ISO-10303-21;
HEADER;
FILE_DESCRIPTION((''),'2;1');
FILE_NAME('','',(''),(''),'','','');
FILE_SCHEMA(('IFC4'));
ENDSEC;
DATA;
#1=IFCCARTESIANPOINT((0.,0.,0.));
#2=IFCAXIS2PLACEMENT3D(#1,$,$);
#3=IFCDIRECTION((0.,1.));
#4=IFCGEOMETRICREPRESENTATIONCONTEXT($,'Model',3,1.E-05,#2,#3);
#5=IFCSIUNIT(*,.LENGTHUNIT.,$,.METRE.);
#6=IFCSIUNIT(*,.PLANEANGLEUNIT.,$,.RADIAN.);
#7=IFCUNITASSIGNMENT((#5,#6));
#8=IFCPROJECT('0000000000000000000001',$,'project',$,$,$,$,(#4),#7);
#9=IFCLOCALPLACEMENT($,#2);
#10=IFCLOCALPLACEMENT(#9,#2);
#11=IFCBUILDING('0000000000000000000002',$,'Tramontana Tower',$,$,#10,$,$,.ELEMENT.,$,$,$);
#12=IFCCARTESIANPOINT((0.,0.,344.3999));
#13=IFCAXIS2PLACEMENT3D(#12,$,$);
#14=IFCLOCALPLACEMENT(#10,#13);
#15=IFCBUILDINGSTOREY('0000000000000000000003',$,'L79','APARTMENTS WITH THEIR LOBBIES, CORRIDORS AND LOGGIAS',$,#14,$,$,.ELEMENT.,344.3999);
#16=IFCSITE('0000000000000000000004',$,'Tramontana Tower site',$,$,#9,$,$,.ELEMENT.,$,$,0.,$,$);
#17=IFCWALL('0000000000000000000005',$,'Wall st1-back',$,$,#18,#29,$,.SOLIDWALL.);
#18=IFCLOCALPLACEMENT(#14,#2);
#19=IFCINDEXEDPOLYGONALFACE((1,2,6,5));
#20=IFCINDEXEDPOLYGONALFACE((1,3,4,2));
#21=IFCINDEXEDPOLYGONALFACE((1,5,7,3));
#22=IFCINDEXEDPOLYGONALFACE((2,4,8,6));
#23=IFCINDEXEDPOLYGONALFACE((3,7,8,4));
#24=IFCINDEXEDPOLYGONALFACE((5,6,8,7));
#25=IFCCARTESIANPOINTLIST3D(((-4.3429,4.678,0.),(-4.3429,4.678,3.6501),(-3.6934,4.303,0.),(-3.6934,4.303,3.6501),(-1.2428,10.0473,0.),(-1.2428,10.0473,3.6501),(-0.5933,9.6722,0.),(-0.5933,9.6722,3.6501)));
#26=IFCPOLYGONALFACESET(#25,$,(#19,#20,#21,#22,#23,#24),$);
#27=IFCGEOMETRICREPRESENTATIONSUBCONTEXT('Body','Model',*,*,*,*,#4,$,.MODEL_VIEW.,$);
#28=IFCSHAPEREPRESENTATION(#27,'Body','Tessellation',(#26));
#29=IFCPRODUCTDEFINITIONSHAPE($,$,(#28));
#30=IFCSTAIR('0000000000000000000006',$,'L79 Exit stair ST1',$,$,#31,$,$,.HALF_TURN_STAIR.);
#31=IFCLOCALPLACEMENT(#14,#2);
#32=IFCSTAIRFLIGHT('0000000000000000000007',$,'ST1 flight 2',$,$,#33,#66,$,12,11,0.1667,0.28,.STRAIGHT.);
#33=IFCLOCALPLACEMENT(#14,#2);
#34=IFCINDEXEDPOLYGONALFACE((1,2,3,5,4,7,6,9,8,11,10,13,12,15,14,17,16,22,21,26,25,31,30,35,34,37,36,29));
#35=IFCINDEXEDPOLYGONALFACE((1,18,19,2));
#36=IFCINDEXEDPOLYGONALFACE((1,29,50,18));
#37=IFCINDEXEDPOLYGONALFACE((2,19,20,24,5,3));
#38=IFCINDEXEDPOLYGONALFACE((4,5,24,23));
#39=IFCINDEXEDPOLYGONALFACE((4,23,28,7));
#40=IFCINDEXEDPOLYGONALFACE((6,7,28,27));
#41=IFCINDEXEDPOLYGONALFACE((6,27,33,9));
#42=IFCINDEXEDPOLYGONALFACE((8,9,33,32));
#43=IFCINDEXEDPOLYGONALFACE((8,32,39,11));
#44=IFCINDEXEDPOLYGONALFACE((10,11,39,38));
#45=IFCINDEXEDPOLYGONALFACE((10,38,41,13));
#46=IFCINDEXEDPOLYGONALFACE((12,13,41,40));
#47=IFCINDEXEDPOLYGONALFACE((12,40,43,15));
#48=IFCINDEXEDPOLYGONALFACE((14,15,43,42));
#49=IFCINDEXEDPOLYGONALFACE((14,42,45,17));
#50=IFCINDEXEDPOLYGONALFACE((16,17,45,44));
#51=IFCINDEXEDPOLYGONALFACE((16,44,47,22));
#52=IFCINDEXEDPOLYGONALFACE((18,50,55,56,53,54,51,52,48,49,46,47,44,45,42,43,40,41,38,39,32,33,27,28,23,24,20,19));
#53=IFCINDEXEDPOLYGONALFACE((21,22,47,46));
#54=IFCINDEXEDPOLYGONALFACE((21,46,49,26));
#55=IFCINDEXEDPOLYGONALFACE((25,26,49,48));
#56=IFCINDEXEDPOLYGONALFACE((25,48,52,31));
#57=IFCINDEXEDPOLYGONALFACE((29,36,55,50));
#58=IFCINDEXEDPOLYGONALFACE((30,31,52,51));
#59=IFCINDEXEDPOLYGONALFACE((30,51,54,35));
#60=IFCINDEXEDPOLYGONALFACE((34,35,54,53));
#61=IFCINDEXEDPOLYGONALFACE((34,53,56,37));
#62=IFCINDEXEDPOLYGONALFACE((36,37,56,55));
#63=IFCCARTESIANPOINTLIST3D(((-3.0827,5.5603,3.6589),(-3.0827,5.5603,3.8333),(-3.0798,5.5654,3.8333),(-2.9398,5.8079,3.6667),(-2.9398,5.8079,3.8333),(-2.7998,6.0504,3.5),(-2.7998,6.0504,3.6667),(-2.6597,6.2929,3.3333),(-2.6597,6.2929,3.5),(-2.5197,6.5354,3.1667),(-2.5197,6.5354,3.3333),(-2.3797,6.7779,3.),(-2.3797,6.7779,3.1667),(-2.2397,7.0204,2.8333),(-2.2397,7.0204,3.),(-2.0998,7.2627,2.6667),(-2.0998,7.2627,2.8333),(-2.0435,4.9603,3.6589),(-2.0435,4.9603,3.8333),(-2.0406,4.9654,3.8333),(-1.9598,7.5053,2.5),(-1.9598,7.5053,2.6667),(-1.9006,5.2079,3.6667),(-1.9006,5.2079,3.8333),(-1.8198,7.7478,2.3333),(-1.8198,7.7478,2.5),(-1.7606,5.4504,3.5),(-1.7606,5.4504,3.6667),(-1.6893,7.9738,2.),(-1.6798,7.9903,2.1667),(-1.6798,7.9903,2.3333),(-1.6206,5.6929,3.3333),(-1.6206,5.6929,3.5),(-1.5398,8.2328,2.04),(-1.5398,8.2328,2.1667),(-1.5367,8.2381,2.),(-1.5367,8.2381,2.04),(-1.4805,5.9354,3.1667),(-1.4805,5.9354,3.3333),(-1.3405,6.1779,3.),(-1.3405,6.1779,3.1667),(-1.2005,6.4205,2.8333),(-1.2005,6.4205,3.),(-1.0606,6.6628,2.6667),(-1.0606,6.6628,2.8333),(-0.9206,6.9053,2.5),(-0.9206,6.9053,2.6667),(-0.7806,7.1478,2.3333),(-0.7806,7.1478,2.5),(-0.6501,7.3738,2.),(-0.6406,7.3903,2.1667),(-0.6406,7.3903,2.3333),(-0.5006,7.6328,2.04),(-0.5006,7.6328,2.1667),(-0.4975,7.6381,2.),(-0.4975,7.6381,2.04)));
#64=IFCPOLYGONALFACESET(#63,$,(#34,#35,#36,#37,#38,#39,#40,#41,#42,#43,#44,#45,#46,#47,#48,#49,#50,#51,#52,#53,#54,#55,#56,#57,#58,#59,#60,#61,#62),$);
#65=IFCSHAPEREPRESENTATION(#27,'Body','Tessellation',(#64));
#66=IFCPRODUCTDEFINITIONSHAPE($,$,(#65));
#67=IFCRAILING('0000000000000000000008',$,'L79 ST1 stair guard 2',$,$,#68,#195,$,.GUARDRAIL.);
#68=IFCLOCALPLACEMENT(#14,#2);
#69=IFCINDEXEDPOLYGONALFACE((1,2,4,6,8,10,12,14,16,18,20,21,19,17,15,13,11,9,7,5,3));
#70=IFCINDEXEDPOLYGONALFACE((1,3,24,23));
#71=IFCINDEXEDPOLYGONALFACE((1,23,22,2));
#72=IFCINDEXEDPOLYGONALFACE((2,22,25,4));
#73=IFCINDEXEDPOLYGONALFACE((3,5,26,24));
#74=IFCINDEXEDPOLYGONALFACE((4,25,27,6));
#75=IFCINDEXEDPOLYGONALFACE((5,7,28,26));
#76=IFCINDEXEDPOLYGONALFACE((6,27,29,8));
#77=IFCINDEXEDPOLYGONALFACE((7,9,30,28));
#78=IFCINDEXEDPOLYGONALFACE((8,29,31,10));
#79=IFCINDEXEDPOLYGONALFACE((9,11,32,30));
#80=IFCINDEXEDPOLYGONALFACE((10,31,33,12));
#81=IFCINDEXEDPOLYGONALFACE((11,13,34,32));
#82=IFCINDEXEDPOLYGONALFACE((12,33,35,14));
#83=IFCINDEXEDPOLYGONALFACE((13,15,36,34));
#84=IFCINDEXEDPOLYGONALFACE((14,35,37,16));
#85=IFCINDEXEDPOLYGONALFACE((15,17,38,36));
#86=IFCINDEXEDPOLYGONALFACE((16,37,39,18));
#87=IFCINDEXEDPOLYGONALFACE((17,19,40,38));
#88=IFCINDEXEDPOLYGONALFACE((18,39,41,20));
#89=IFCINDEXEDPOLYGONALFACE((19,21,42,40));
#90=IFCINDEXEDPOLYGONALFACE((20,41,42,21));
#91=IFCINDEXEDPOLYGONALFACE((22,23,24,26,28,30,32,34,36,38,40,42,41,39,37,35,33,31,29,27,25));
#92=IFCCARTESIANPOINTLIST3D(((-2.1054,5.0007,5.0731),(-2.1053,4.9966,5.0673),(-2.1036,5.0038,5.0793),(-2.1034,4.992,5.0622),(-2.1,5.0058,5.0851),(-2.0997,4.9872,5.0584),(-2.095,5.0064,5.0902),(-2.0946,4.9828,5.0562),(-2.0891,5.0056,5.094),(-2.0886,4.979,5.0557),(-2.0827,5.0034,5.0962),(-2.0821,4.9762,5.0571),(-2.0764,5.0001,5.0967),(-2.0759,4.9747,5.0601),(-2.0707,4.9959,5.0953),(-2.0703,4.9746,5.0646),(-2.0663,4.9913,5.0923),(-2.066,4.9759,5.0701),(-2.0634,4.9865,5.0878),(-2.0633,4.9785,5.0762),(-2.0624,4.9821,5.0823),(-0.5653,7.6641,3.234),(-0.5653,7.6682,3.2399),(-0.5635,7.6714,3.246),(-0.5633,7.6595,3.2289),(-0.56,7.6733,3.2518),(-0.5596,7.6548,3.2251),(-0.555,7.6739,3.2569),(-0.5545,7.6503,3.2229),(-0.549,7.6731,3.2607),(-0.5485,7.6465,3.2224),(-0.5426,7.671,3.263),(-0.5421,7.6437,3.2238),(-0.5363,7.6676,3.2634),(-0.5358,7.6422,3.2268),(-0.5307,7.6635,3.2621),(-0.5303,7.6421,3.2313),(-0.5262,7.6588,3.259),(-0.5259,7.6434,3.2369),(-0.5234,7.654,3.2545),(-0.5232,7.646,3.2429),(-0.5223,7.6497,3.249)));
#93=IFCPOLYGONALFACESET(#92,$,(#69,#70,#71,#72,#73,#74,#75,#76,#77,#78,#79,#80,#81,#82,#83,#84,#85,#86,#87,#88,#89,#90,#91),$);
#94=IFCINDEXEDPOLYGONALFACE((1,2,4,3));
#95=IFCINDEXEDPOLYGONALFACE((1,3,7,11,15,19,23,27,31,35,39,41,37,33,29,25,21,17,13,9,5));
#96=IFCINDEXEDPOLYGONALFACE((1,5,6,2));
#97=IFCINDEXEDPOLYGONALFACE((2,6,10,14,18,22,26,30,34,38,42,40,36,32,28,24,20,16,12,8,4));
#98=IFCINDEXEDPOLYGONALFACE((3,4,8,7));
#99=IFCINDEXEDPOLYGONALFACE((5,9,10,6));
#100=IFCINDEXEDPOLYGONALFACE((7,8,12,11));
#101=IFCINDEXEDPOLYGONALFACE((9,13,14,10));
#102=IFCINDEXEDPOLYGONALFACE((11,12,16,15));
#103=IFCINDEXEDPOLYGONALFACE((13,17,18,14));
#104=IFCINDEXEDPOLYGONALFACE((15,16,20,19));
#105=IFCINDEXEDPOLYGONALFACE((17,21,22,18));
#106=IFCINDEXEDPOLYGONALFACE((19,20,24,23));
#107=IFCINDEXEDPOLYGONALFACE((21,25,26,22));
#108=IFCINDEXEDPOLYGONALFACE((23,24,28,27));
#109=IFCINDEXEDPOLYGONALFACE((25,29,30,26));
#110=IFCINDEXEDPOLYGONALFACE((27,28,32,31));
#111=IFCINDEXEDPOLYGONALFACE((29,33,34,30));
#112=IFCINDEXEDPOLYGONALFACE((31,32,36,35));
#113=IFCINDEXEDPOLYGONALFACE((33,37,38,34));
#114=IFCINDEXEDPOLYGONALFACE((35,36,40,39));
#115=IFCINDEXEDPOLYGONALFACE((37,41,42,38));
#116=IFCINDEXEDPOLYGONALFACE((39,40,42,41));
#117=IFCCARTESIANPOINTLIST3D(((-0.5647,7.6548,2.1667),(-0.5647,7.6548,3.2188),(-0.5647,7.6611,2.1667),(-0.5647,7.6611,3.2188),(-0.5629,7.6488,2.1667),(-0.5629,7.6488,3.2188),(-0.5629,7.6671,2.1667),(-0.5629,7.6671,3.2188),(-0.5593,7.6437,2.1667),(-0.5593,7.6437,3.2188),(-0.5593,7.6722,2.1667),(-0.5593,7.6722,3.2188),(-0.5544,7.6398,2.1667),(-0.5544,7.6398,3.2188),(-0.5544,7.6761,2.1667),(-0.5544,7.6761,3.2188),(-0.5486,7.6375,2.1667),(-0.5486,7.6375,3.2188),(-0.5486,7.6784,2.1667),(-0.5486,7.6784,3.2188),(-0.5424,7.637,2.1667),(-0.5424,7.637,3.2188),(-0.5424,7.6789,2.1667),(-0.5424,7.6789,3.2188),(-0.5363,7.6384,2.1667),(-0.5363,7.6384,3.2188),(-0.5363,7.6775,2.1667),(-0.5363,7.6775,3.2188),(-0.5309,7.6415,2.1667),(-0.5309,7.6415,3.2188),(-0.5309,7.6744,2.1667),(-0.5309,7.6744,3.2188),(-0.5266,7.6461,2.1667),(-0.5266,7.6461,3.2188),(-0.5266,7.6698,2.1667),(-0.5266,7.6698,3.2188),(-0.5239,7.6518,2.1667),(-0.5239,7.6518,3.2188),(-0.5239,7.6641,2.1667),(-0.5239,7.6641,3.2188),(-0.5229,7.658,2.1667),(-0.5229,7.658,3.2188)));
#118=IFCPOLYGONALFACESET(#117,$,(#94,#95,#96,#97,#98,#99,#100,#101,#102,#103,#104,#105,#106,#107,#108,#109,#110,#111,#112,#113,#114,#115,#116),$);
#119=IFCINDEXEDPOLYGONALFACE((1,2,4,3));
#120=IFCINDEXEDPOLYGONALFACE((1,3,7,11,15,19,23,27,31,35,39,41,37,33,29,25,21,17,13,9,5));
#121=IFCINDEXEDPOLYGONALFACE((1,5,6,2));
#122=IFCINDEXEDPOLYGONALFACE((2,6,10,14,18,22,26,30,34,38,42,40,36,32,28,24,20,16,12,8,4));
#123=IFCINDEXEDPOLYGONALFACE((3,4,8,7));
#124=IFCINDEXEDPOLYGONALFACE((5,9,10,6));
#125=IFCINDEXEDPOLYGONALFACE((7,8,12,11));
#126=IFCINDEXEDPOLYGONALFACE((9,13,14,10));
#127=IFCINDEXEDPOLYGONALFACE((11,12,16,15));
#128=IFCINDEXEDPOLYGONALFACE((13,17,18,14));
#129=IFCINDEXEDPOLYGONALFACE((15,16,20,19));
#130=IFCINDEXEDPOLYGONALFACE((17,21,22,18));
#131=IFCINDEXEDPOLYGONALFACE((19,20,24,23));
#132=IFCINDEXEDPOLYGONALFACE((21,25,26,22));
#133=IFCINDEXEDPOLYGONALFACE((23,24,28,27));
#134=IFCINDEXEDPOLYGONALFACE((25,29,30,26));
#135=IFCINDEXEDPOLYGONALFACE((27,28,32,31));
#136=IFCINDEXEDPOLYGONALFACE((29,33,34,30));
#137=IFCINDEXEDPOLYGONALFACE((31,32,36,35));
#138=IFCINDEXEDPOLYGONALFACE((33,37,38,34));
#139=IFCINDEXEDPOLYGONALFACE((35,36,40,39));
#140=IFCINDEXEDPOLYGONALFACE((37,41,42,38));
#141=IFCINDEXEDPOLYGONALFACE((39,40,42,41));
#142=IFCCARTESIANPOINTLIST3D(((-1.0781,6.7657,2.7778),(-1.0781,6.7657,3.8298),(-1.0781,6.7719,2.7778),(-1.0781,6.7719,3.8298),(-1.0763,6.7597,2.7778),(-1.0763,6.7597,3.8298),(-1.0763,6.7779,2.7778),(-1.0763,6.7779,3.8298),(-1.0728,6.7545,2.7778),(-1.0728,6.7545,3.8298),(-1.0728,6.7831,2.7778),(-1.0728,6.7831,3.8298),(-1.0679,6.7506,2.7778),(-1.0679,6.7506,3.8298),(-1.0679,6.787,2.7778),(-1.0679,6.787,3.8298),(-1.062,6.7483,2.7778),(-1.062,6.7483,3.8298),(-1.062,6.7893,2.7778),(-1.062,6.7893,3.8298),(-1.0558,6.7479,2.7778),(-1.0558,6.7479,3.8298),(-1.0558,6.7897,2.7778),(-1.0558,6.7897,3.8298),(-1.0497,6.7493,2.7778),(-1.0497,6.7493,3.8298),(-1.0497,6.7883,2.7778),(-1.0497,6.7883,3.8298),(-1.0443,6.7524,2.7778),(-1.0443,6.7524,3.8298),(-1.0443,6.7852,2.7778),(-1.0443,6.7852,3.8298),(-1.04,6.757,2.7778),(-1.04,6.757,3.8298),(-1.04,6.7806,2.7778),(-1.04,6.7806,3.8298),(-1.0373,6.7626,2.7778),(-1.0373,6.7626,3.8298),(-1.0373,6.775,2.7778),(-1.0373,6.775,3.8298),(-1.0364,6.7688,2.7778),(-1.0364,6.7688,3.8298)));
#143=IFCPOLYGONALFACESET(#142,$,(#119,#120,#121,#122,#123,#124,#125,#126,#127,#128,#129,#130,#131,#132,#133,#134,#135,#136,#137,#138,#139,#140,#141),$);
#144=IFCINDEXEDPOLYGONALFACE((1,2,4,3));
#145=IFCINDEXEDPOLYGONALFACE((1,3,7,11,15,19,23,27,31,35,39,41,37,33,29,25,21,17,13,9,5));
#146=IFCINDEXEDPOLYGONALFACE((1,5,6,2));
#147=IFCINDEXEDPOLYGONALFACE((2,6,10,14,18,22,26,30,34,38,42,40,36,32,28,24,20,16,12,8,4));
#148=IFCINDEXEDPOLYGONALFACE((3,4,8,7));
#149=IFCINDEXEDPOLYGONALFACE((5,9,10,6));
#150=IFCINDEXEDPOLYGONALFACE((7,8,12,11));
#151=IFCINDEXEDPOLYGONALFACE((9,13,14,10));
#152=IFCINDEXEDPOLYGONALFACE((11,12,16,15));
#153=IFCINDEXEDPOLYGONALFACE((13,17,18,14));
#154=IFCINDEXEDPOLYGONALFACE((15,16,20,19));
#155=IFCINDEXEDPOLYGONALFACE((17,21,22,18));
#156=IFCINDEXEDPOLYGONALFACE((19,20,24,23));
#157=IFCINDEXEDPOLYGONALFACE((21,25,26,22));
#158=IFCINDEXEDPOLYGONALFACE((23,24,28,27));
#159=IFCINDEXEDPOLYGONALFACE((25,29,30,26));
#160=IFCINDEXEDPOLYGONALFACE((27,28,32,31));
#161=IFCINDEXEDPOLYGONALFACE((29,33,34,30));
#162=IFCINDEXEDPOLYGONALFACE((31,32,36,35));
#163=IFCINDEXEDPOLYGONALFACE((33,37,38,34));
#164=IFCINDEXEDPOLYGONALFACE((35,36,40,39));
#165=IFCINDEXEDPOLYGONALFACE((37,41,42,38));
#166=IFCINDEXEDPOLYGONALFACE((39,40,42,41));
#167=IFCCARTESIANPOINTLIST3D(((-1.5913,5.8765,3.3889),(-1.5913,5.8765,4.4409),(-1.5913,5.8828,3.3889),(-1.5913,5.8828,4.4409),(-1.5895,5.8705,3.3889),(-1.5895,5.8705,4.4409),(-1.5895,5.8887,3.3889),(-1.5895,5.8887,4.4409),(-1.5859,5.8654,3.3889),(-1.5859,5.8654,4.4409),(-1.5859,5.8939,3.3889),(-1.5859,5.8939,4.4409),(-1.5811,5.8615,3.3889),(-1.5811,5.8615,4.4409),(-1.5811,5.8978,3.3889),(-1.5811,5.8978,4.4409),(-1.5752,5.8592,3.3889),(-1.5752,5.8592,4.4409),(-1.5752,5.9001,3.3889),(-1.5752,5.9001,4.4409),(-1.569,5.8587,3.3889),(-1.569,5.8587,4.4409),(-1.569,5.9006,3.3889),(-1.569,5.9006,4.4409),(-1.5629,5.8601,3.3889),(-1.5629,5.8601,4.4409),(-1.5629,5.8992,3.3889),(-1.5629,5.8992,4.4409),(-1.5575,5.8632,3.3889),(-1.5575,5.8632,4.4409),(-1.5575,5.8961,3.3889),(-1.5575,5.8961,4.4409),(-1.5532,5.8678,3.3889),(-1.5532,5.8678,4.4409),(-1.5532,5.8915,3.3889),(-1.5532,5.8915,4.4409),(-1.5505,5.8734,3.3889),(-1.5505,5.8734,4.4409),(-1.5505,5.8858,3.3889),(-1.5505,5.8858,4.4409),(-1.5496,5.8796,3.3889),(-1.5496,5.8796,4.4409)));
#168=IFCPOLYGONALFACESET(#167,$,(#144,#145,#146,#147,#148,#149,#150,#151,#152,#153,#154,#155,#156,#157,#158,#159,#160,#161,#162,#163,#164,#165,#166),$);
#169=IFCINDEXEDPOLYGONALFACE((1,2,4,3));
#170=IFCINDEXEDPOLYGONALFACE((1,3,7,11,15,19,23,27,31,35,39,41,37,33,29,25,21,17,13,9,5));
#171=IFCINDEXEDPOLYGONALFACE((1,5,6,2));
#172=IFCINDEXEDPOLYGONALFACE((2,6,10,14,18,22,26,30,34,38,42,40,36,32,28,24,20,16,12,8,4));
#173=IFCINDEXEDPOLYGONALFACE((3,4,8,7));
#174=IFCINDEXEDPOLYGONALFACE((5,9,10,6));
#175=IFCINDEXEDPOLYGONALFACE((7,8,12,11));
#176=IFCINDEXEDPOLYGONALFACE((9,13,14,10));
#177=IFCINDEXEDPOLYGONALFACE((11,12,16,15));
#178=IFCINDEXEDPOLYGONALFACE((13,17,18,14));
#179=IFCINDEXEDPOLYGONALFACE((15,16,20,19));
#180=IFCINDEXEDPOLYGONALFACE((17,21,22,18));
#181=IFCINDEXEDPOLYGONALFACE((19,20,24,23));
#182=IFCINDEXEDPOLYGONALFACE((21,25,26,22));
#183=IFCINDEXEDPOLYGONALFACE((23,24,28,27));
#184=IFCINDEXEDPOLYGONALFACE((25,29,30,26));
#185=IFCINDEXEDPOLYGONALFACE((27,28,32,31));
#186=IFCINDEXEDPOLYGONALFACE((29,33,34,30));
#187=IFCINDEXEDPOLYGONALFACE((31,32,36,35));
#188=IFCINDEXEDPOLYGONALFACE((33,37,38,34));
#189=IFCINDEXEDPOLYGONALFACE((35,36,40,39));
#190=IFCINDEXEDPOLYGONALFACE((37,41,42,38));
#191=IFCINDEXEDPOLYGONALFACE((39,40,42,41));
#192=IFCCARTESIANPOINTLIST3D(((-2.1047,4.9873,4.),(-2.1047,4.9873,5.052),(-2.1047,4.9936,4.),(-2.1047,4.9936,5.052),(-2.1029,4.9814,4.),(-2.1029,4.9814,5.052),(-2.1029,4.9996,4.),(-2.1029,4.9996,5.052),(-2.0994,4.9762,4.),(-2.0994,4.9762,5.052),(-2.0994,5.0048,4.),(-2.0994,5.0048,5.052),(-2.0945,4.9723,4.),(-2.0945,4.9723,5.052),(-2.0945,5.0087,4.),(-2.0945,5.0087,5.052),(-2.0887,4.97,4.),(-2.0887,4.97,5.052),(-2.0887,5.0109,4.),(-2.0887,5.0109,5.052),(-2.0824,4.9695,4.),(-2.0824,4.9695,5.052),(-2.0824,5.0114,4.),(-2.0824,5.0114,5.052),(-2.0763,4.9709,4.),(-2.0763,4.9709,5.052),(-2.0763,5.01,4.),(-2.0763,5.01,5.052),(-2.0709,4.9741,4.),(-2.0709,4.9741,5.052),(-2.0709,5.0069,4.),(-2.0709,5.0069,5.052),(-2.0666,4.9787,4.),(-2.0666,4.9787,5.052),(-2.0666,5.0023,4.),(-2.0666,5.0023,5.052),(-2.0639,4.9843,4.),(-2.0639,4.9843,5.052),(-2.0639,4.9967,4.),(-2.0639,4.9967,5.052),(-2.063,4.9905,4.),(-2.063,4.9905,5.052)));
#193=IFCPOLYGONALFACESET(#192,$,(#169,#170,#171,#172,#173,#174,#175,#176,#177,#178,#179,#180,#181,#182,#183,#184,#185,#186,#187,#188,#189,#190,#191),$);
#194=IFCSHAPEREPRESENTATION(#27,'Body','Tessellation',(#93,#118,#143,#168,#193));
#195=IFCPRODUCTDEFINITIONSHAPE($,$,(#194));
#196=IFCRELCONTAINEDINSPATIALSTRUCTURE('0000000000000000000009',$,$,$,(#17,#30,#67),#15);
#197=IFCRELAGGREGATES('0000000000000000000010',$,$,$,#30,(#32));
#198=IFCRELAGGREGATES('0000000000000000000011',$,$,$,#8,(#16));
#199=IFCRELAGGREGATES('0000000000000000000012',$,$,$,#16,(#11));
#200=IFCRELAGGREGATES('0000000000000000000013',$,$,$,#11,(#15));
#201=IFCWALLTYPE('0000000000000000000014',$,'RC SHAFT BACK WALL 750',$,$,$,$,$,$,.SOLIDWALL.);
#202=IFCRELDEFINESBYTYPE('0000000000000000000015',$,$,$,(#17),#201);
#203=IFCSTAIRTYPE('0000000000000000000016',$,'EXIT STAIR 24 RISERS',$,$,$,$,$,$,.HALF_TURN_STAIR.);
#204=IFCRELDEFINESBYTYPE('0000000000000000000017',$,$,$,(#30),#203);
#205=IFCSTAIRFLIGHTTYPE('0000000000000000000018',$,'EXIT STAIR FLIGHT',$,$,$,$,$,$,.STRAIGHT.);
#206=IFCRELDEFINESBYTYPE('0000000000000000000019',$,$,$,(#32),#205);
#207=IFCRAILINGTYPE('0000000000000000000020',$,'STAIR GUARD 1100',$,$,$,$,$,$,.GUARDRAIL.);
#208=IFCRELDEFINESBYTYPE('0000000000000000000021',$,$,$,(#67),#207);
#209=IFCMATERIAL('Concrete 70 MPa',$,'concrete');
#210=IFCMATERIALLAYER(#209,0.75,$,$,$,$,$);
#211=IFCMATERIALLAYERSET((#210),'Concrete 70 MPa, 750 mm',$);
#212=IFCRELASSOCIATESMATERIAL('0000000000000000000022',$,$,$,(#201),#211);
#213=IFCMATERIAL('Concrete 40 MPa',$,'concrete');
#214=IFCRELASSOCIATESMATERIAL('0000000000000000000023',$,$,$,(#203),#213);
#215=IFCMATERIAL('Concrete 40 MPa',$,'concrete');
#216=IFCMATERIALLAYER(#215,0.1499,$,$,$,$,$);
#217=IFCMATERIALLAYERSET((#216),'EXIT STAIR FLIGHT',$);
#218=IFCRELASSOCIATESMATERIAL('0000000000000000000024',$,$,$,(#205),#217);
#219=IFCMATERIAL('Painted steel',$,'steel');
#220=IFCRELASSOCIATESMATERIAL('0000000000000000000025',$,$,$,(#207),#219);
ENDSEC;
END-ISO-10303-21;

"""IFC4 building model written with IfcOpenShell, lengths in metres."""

from ifc_helpers import new_model, si_unit, direction, frame, frame_2d, origin, origin_2d, place, context, subcontext, project, spatial, polyline, rectangle, circle, outline, extrude, material, layer, layer_set, type_object, element, aggregate, save


model = new_model("IFC4")

# Units and contexts
model_context = context("Model", 3, precision=1e-05, world=origin(), true_north=direction((0.0, 1.0)))
body_context = subcontext(model_context, "Body", "Model", "MODEL_VIEW")
ifc_project = project(units=[si_unit("LENGTHUNIT", "METRE"), si_unit("PLANEANGLEUNIT", "RADIAN")], contexts=[model_context])

# Site, building, storey
site_placement = place(None, origin())
site = spatial("IfcSite", under=ifc_project, at=site_placement, Name="Tramontana Tower site", CompositionType="ELEMENT", RefElevation=0.0)
building_placement = place(site_placement, origin())
building = spatial("IfcBuilding", under=site, at=building_placement, Name="Tramontana Tower", CompositionType="ELEMENT")
storey_placement = place(building_placement, frame((0.0, 0.0, 344.3999)))
storey = spatial("IfcBuildingStorey", under=building, at=storey_placement, Name="L79", Description="APARTMENTS WITH THEIR LOBBIES, CORRIDORS AND LOGGIAS", CompositionType="ELEMENT", Elevation=344.3999)

# Wall
ifc_material_1 = material(Name="Concrete 70 MPa", Category="concrete")
ifc_layer_1 = layer(ifc_material_1, 0.75)
ifc_layer_set_1 = layer_set([ifc_layer_1], Name="Concrete 70 MPa, 750 mm")
wall_type_1 = type_object("IfcWallType", Name="RC SHAFT BACK WALL 750", PredefinedType="SOLIDWALL", material=ifc_layer_set_1)
wall_1_placement = place(storey_placement, frame((-0.918, 9.8599, 0.0), z_axis=(0.0, 0.0, 1.0), x_axis=(-0.500027, -0.86601, 0.0)))
element("IfcWall", 1, at=wall_1_placement, inside=storey, type_object=wall_type_1, Name="Wall st1-back", PredefinedType="SOLIDWALL", context=body_context, shape_type="SweptSolid", body=[
    extrude(rectangle(XDim=6.2, YDim=0.75, at=frame_2d((3.1001, 0.0))), origin(), (0.0, 0.0, 1.0), 3.6501),
])

# Stair, stair flight
ifc_material_2 = material(Name="Concrete 40 MPa", Category="concrete")
stair_type = type_object("IfcStairType", Name="EXIT STAIR 24 RISERS", PredefinedType="HALF_TURN_STAIR", material=ifc_material_2)
stair_placement = place(storey_placement, origin())
stair = element("IfcStair", 2, at=stair_placement, inside=storey, type_object=stair_type, Name="L79 Exit stair ST1", PredefinedType="HALF_TURN_STAIR")
ifc_material_3 = material(Name="Concrete 40 MPa", Category="concrete")
ifc_layer_2 = layer(ifc_material_3, 0.1499)
ifc_layer_set_2 = layer_set([ifc_layer_2], Name="EXIT STAIR FLIGHT")
stair_flight_type = type_object("IfcStairFlightType", Name="EXIT STAIR FLIGHT", PredefinedType="STRAIGHT", material=ifc_layer_set_2)
stair_flight_placement = place(storey_placement, frame((-1.0203, 7.9329, 2.0), z_axis=(0.0, 0.0, 1.0), x_axis=(-0.5, -0.866025, 0.0)))
stair_flight = element("IfcStairFlight", 3, at=stair_flight_placement, type_object=stair_flight_type, Name="ST1 flight 2", NumberOfRisers=12, NumberOfTreads=11, PredefinedType="STRAIGHT", RiserHeight=0.1667, TreadLength=0.28, context=body_context, shape_type="SweptSolid", body=[
    extrude(outline(polyline([(-0.0061, 0.0), (-0.0061, 0.04), (0.0, 0.04), (0.0, 0.1667), (0.28, 0.1667), (0.28, 0.3333), (0.5601, 0.3333), (0.5601, 0.5), (0.8401, 0.5), (0.8401, 0.6667), (1.1201, 0.6667), (1.1201, 0.8333), (1.3999, 0.8333), (1.3999, 1.0), (1.6799, 1.0), (1.6799, 1.1667), (1.96, 1.1667), (1.96, 1.3333), (2.24, 1.3333), (2.24, 1.5), (2.52, 1.5), (2.52, 1.6667), (2.8, 1.6667), (2.8, 1.8333), (3.0801, 1.8333), (3.0859, 1.8333), (3.0859, 1.6589), (0.2991, 0.0), (-0.0061, 0.0)])), frame((0.0, 0.6001, 0.0), z_axis=(0.0, -1.0, 0.0), x_axis=(1.0, 0.0, 0.0)), (0.0, 0.0, 1.0), 1.2),
])
aggregate(stair, [stair_flight])

# Railing
ifc_material_4 = material(Name="Painted steel", Category="steel")
railing_type_1 = type_object("IfcRailingType", Name="STAIR GUARD 1100", PredefinedType="GUARDRAIL", material=ifc_material_4)
railing_1_placement = place(storey_placement, frame((-0.5439, 7.658, 2.1667)))
element("IfcRailing", 4, at=railing_1_placement, inside=storey, type_object=railing_type_1, Name="L79 ST1 stair guard 2", PredefinedType="GUARDRAIL", context=body_context, shape_type="SweptSolid", body=[
    extrude(circle(Radius=0.0239, at=origin_2d()), frame((0.0, 0.0, 1.0762), z_axis=(-0.429649, -0.74419, 0.511452), x_axis=(0.86603, -0.499992, 0.0)), (0.0, 0.0, 1.0), 3.5845),
    extrude(circle(Radius=0.021, at=origin_2d()), origin(), (0.0, 0.0, 1.0), 1.052),
    extrude(circle(Radius=0.021, at=origin_2d()), frame((-0.5134, -0.8892, 0.6111)), (0.0, 0.0, 1.0), 1.052),
    extrude(circle(Radius=0.021, at=origin_2d()), frame((-1.0266, -1.7783, 1.2222)), (0.0, 0.0, 1.0), 1.052),
    extrude(circle(Radius=0.021, at=origin_2d()), frame((-1.54, -2.6675, 1.8333)), (0.0, 0.0, 1.0), 1.052),
])

save(model, "model.ifc")
